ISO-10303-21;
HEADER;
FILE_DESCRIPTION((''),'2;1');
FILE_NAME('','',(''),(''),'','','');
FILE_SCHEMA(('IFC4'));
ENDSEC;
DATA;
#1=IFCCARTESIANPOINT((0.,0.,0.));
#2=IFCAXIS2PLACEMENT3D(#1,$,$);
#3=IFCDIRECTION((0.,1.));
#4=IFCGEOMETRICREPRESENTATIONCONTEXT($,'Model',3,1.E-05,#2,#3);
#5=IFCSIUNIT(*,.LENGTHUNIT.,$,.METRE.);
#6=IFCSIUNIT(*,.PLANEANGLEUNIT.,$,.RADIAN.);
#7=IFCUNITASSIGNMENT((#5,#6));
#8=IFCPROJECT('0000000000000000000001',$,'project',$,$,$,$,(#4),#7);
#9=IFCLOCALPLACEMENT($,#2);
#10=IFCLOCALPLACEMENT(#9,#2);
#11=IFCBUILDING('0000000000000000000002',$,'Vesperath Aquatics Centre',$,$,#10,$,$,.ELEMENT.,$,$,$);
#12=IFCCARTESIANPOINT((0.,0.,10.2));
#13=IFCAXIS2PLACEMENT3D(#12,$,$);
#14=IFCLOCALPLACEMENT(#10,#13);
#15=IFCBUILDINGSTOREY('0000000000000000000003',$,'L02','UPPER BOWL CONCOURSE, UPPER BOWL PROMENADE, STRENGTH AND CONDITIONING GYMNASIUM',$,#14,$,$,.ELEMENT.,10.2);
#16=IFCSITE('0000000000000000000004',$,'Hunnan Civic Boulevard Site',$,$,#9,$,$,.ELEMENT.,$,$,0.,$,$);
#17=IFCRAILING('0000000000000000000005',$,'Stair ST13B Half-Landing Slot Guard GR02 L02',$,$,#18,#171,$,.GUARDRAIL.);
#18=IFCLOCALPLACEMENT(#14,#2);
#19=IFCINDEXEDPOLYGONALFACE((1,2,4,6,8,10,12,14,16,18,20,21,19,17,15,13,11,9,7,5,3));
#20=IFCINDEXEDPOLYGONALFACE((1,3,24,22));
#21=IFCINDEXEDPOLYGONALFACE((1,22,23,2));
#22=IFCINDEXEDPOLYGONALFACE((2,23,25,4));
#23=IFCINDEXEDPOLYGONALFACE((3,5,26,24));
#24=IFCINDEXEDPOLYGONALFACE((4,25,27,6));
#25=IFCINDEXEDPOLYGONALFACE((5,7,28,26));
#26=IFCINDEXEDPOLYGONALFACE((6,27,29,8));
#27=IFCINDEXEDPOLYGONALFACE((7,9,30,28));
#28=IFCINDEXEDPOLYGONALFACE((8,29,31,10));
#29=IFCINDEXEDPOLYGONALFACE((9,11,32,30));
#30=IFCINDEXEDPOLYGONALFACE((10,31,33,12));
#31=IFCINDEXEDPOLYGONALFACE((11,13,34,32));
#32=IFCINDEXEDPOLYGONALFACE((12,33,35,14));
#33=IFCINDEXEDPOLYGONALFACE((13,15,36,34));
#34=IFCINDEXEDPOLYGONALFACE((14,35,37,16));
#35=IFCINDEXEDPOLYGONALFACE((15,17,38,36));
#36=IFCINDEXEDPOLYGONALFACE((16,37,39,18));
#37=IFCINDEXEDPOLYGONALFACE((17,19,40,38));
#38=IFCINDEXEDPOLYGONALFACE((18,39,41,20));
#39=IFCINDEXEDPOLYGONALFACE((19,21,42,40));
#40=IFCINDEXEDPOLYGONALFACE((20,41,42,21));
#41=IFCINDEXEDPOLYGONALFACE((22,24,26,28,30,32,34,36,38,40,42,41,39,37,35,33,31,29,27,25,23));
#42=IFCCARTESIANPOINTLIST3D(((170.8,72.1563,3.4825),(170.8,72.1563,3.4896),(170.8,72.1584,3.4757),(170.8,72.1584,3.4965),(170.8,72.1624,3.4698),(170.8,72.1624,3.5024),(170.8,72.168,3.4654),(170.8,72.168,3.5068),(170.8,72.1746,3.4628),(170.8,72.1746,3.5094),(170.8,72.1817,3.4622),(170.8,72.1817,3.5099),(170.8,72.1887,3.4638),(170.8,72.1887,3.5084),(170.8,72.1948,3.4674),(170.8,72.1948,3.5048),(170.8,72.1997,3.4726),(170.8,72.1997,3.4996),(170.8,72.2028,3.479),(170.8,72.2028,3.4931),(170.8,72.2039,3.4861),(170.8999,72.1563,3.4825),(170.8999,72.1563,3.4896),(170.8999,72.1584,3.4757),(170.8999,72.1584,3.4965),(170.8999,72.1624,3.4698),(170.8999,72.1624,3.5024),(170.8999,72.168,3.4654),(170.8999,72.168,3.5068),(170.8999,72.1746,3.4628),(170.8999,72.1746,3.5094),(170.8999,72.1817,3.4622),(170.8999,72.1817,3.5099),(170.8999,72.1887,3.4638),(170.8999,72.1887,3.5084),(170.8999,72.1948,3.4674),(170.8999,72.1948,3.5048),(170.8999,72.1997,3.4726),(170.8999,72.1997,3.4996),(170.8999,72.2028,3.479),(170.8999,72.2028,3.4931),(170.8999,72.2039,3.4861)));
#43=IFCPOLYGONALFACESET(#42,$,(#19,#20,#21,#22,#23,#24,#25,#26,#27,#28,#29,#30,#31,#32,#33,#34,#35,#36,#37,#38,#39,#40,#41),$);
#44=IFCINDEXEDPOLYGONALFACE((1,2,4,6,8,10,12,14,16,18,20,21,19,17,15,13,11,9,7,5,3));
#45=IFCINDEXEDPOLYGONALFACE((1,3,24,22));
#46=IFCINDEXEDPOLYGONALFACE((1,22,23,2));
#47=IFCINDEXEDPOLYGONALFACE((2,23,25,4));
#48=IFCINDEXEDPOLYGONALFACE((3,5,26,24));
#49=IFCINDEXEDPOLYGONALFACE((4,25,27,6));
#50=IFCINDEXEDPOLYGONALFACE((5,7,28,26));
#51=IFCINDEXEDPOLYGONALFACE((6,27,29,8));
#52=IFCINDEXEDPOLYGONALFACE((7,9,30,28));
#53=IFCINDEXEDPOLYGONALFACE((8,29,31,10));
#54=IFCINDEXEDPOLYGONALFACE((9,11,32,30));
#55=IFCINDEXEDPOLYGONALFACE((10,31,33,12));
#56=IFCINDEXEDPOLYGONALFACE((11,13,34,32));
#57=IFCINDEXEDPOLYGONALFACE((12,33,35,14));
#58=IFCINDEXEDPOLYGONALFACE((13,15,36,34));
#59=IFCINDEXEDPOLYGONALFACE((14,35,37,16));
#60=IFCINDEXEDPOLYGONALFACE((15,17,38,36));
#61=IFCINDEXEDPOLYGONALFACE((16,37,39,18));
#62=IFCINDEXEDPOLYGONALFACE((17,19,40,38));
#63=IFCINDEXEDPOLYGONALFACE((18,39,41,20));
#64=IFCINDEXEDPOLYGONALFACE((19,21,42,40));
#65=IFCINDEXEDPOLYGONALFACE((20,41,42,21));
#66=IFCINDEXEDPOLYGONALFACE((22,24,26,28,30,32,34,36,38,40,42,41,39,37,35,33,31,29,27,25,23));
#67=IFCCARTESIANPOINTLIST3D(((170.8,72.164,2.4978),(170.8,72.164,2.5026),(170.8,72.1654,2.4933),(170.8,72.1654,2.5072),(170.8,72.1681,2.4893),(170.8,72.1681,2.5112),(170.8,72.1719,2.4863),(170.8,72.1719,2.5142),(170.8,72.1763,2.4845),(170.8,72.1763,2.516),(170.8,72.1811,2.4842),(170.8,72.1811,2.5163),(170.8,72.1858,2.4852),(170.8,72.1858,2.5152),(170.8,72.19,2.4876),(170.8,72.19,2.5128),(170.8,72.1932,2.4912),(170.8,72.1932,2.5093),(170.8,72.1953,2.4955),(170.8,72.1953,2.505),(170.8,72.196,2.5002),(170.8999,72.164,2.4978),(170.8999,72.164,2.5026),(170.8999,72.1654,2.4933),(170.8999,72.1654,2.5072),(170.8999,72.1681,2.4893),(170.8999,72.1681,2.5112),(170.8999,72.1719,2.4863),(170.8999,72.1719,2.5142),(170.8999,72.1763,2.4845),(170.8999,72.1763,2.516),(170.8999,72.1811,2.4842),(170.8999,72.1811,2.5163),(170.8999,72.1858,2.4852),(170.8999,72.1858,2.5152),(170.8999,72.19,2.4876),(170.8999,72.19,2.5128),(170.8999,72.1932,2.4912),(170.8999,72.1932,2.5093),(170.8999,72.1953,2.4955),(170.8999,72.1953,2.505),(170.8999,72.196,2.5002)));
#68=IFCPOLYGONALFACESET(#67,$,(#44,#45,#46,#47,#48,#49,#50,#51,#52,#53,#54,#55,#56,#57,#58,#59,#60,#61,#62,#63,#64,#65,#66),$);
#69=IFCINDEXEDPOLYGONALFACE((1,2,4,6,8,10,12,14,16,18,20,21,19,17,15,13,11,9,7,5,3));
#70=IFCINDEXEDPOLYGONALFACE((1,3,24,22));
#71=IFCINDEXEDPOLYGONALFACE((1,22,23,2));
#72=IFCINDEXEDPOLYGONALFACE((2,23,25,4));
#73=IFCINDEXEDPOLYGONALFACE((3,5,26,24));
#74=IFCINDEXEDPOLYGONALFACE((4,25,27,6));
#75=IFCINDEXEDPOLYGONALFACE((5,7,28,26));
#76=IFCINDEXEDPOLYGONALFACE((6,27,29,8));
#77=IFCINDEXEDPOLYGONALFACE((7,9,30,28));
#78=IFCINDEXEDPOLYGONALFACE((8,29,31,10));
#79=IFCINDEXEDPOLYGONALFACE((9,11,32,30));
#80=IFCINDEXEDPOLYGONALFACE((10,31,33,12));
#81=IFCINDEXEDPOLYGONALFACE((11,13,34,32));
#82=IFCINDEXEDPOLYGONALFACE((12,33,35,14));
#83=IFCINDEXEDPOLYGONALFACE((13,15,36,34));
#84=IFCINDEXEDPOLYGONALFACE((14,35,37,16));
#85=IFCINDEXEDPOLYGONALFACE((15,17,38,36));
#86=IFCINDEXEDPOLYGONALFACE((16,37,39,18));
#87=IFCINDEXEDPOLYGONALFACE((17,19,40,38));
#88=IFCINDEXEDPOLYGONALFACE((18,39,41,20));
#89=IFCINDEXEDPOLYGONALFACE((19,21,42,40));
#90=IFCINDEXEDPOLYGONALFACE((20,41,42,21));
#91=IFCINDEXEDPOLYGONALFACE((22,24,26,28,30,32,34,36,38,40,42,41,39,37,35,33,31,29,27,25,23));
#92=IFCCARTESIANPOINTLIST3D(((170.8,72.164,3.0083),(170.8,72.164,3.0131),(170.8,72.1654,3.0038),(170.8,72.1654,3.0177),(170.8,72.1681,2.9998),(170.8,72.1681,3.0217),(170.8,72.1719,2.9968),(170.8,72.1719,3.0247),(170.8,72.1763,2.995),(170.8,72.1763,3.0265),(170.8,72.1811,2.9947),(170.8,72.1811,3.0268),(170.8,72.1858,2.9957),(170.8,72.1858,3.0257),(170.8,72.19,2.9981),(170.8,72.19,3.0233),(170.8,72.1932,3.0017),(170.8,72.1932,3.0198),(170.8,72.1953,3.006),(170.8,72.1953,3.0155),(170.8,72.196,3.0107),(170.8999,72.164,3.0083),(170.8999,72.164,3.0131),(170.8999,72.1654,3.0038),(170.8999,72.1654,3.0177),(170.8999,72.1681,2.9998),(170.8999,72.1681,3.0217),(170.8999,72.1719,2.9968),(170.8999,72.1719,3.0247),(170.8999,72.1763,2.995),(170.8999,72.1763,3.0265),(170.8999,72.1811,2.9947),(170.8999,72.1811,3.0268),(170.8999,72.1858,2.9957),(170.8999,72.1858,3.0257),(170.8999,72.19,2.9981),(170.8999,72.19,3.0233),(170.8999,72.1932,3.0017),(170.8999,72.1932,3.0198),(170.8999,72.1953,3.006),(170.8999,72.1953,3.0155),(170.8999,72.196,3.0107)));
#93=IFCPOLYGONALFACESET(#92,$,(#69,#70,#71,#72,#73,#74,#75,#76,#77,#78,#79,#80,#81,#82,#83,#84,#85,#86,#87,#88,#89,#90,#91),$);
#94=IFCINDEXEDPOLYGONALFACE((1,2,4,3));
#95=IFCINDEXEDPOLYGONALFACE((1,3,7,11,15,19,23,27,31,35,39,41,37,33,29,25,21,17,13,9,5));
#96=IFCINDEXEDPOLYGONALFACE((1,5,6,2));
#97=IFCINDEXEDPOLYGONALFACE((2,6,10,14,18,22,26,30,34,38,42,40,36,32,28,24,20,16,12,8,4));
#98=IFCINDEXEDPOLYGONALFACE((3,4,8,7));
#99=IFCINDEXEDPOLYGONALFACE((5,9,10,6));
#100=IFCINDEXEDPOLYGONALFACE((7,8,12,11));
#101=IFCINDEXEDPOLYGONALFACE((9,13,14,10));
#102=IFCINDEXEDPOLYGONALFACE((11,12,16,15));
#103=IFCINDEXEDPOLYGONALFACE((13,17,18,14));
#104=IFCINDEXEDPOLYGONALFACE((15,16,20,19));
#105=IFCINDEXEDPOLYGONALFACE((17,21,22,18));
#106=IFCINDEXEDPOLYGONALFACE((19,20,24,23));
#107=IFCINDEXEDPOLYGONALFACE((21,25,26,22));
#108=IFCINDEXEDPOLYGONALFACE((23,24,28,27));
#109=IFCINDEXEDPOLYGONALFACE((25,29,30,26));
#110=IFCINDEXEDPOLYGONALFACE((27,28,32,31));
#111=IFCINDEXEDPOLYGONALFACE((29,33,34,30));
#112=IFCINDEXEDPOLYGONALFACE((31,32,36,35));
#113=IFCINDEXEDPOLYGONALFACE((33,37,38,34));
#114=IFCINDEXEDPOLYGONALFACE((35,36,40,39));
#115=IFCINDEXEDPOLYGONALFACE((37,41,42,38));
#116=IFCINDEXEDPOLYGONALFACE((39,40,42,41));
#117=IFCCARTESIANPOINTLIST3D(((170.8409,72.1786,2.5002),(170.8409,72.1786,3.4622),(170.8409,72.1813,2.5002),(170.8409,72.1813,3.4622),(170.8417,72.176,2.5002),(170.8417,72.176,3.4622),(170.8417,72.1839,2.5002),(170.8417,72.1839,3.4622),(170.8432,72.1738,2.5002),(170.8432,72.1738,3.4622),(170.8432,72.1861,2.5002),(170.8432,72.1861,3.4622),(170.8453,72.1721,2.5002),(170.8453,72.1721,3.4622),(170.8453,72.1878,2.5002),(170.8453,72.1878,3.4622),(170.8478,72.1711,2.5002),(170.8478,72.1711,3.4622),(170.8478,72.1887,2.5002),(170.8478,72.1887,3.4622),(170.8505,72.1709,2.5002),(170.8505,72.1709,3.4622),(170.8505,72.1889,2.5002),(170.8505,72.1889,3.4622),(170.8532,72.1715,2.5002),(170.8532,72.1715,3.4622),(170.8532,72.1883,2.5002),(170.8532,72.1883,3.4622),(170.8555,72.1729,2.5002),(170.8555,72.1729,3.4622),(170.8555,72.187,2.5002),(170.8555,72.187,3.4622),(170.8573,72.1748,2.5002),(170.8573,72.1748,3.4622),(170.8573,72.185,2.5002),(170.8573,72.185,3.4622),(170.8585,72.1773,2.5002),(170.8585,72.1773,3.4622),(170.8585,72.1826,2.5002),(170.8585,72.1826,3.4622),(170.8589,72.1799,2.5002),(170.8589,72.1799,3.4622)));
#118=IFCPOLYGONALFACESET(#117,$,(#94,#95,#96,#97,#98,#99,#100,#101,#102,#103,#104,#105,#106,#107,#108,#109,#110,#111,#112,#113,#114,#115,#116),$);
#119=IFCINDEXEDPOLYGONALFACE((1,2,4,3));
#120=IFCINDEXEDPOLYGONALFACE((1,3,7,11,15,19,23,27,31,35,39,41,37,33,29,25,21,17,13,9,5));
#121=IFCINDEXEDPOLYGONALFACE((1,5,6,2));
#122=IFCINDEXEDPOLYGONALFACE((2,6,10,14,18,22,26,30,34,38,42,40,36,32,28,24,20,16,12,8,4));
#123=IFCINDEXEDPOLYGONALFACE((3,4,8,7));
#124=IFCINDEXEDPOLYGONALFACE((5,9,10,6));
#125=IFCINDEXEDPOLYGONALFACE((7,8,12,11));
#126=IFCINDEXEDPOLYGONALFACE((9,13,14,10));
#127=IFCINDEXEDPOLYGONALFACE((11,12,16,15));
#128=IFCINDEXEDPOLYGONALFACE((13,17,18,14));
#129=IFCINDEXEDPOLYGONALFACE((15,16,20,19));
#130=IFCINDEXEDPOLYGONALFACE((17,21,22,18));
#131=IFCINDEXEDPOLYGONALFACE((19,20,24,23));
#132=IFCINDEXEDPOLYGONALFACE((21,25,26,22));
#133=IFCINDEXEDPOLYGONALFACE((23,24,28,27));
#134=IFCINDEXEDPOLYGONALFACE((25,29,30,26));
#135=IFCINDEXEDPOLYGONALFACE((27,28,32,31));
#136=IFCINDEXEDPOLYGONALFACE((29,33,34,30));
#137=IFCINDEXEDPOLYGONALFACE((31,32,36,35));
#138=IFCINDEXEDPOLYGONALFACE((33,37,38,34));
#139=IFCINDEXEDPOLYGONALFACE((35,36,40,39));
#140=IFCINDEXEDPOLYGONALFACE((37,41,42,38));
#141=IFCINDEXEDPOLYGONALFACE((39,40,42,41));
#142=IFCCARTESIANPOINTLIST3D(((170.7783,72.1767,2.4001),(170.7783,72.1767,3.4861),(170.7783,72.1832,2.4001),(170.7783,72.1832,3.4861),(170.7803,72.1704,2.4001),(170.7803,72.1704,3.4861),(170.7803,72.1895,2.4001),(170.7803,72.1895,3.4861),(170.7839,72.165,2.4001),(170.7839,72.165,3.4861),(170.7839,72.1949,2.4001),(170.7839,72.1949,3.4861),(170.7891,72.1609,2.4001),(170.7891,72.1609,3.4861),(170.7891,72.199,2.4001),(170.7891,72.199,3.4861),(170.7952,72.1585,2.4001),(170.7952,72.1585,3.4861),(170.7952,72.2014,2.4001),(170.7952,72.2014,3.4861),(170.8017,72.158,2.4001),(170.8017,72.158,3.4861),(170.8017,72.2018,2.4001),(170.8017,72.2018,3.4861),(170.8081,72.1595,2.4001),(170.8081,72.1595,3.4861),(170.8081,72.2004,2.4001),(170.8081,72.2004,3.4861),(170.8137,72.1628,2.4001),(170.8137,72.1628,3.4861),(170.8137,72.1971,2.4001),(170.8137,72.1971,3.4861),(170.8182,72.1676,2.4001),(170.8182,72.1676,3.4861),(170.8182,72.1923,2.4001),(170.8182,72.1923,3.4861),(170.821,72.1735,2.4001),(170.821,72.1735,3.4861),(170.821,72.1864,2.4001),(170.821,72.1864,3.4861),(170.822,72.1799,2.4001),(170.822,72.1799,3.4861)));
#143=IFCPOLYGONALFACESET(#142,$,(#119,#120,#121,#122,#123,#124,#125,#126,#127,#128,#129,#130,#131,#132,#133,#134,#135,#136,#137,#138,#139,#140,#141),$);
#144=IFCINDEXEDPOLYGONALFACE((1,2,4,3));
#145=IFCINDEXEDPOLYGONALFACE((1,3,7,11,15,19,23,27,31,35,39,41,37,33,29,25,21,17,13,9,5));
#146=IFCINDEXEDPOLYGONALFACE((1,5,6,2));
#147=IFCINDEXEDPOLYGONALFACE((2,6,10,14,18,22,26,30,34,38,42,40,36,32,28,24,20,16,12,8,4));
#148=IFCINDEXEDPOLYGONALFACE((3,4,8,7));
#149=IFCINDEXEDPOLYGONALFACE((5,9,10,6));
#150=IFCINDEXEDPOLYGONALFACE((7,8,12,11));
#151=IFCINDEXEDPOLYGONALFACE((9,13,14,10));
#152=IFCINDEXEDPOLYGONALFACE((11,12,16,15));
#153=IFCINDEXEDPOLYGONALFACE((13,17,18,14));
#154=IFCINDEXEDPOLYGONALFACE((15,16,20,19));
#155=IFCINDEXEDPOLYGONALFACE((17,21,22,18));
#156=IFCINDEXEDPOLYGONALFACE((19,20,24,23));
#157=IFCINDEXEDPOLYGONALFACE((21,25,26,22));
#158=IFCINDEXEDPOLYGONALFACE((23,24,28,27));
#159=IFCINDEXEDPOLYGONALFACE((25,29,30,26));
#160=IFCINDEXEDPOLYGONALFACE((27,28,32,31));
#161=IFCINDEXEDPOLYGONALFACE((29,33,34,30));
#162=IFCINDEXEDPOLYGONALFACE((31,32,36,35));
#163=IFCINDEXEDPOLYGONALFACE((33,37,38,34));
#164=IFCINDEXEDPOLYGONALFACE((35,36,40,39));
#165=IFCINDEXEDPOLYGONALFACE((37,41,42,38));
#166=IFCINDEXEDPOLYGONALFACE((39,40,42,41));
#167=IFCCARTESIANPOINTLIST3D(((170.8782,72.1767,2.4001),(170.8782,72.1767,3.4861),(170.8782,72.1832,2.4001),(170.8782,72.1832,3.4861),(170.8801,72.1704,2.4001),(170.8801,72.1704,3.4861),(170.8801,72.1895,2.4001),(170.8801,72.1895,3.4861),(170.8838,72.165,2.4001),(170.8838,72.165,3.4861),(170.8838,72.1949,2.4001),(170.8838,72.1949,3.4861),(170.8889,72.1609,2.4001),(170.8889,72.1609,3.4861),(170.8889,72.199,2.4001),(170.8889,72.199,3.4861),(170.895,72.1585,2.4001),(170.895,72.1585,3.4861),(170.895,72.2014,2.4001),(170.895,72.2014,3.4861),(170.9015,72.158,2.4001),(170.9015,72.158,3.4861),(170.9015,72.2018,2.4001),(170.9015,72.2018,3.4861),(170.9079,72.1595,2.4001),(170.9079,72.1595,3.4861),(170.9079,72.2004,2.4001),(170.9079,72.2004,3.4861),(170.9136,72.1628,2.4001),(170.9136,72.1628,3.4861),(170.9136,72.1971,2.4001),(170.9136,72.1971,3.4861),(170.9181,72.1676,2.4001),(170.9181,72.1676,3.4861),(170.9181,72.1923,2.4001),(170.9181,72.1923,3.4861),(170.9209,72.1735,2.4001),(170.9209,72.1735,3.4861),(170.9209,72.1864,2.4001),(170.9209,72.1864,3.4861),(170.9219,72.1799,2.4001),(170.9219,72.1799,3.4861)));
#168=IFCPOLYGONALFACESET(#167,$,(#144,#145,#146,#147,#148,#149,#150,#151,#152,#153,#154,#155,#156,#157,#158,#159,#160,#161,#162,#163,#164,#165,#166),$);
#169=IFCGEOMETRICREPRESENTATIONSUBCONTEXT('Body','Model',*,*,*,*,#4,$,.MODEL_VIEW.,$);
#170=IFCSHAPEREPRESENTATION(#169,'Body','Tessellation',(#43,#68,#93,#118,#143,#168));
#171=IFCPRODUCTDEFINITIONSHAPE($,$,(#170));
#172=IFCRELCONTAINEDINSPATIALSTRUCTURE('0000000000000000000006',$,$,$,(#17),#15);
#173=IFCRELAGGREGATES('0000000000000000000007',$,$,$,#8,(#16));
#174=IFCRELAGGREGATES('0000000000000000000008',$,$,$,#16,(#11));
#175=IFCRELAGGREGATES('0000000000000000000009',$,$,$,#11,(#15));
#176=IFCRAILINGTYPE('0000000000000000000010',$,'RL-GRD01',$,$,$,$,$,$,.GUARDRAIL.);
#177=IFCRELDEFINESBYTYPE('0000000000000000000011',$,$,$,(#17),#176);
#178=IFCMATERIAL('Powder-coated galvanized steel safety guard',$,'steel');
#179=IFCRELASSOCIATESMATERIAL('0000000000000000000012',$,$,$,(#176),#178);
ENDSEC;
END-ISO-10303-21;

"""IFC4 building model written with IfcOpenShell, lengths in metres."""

from ifc_helpers import new_model, si_unit, direction, frame, origin, origin_2d, place, context, subcontext, project, spatial, circle, extrude, material, type_object, element, save


model = new_model("IFC4")

# Units and contexts
model_context = context("Model", 3, precision=1e-05, world=origin(), true_north=direction((0.0, 1.0)))
body_context = subcontext(model_context, "Body", "Model", "MODEL_VIEW")
ifc_project = project(units=[si_unit("LENGTHUNIT", "METRE"), si_unit("PLANEANGLEUNIT", "RADIAN")], contexts=[model_context])

# Site, building, storey
site_placement = place(None, origin())
site = spatial("IfcSite", under=ifc_project, at=site_placement, Name="Hunnan Civic Boulevard Site", CompositionType="ELEMENT", RefElevation=0.0)
building_placement = place(site_placement, origin())
building = spatial("IfcBuilding", under=site, at=building_placement, Name="Vesperath Aquatics Centre", CompositionType="ELEMENT")
storey_placement = place(building_placement, frame((0.0, 0.0, 10.2)))
storey = spatial("IfcBuildingStorey", under=building, at=storey_placement, Name="L02", Description="UPPER BOWL CONCOURSE, UPPER BOWL PROMENADE, STRENGTH AND CONDITIONING GYMNASIUM", CompositionType="ELEMENT", Elevation=10.2)

# Railing
ifc_material_1 = material(Name="Powder-coated galvanized steel safety guard", Category="steel")
railing_type_1 = type_object("IfcRailingType", Name="RL-GRD01", PredefinedType="GUARDRAIL", material=ifc_material_1)
railing_1_placement = place(storey_placement, frame((170.8, 72.1799, 2.4001)))
element("IfcRailing", 1, at=railing_1_placement, inside=storey, type_object=railing_type_1, Name="Stair ST13B Half-Landing Slot Guard GR02 L02", PredefinedType="GUARDRAIL", context=body_context, shape_type="SweptSolid", body=[
    extrude(circle(Radius=0.0239, at=origin_2d()), frame((0.0, 0.0, 1.0859), z_axis=(1.0, 0.0, 0.0), x_axis=(0.0, 1.0, 0.0)), (0.0, 0.0, 1.0), 0.0999),
    extrude(circle(Radius=0.0161, at=origin_2d()), frame((0.0, 0.0, 0.1001), z_axis=(1.0, 0.0, 0.0), x_axis=(0.0, 1.0, 0.0)), (0.0, 0.0, 1.0), 0.0999),
    extrude(circle(Radius=0.0161, at=origin_2d()), frame((0.0, 0.0, 0.6106), z_axis=(1.0, 0.0, 0.0), x_axis=(0.0, 1.0, 0.0)), (0.0, 0.0, 1.0), 0.0999),
    extrude(circle(Radius=0.009, at=origin_2d()), frame((0.0498, 0.0, 0.1001)), (0.0, 0.0, 1.0), 0.9619),
    extrude(circle(Radius=0.022, at=origin_2d()), origin(), (0.0, 0.0, 1.0), 1.0859),
    extrude(circle(Radius=0.022, at=origin_2d()), frame((0.0999, 0.0, 0.0)), (0.0, 0.0, 1.0), 1.0859),
])

save(model, "model.ifc")
